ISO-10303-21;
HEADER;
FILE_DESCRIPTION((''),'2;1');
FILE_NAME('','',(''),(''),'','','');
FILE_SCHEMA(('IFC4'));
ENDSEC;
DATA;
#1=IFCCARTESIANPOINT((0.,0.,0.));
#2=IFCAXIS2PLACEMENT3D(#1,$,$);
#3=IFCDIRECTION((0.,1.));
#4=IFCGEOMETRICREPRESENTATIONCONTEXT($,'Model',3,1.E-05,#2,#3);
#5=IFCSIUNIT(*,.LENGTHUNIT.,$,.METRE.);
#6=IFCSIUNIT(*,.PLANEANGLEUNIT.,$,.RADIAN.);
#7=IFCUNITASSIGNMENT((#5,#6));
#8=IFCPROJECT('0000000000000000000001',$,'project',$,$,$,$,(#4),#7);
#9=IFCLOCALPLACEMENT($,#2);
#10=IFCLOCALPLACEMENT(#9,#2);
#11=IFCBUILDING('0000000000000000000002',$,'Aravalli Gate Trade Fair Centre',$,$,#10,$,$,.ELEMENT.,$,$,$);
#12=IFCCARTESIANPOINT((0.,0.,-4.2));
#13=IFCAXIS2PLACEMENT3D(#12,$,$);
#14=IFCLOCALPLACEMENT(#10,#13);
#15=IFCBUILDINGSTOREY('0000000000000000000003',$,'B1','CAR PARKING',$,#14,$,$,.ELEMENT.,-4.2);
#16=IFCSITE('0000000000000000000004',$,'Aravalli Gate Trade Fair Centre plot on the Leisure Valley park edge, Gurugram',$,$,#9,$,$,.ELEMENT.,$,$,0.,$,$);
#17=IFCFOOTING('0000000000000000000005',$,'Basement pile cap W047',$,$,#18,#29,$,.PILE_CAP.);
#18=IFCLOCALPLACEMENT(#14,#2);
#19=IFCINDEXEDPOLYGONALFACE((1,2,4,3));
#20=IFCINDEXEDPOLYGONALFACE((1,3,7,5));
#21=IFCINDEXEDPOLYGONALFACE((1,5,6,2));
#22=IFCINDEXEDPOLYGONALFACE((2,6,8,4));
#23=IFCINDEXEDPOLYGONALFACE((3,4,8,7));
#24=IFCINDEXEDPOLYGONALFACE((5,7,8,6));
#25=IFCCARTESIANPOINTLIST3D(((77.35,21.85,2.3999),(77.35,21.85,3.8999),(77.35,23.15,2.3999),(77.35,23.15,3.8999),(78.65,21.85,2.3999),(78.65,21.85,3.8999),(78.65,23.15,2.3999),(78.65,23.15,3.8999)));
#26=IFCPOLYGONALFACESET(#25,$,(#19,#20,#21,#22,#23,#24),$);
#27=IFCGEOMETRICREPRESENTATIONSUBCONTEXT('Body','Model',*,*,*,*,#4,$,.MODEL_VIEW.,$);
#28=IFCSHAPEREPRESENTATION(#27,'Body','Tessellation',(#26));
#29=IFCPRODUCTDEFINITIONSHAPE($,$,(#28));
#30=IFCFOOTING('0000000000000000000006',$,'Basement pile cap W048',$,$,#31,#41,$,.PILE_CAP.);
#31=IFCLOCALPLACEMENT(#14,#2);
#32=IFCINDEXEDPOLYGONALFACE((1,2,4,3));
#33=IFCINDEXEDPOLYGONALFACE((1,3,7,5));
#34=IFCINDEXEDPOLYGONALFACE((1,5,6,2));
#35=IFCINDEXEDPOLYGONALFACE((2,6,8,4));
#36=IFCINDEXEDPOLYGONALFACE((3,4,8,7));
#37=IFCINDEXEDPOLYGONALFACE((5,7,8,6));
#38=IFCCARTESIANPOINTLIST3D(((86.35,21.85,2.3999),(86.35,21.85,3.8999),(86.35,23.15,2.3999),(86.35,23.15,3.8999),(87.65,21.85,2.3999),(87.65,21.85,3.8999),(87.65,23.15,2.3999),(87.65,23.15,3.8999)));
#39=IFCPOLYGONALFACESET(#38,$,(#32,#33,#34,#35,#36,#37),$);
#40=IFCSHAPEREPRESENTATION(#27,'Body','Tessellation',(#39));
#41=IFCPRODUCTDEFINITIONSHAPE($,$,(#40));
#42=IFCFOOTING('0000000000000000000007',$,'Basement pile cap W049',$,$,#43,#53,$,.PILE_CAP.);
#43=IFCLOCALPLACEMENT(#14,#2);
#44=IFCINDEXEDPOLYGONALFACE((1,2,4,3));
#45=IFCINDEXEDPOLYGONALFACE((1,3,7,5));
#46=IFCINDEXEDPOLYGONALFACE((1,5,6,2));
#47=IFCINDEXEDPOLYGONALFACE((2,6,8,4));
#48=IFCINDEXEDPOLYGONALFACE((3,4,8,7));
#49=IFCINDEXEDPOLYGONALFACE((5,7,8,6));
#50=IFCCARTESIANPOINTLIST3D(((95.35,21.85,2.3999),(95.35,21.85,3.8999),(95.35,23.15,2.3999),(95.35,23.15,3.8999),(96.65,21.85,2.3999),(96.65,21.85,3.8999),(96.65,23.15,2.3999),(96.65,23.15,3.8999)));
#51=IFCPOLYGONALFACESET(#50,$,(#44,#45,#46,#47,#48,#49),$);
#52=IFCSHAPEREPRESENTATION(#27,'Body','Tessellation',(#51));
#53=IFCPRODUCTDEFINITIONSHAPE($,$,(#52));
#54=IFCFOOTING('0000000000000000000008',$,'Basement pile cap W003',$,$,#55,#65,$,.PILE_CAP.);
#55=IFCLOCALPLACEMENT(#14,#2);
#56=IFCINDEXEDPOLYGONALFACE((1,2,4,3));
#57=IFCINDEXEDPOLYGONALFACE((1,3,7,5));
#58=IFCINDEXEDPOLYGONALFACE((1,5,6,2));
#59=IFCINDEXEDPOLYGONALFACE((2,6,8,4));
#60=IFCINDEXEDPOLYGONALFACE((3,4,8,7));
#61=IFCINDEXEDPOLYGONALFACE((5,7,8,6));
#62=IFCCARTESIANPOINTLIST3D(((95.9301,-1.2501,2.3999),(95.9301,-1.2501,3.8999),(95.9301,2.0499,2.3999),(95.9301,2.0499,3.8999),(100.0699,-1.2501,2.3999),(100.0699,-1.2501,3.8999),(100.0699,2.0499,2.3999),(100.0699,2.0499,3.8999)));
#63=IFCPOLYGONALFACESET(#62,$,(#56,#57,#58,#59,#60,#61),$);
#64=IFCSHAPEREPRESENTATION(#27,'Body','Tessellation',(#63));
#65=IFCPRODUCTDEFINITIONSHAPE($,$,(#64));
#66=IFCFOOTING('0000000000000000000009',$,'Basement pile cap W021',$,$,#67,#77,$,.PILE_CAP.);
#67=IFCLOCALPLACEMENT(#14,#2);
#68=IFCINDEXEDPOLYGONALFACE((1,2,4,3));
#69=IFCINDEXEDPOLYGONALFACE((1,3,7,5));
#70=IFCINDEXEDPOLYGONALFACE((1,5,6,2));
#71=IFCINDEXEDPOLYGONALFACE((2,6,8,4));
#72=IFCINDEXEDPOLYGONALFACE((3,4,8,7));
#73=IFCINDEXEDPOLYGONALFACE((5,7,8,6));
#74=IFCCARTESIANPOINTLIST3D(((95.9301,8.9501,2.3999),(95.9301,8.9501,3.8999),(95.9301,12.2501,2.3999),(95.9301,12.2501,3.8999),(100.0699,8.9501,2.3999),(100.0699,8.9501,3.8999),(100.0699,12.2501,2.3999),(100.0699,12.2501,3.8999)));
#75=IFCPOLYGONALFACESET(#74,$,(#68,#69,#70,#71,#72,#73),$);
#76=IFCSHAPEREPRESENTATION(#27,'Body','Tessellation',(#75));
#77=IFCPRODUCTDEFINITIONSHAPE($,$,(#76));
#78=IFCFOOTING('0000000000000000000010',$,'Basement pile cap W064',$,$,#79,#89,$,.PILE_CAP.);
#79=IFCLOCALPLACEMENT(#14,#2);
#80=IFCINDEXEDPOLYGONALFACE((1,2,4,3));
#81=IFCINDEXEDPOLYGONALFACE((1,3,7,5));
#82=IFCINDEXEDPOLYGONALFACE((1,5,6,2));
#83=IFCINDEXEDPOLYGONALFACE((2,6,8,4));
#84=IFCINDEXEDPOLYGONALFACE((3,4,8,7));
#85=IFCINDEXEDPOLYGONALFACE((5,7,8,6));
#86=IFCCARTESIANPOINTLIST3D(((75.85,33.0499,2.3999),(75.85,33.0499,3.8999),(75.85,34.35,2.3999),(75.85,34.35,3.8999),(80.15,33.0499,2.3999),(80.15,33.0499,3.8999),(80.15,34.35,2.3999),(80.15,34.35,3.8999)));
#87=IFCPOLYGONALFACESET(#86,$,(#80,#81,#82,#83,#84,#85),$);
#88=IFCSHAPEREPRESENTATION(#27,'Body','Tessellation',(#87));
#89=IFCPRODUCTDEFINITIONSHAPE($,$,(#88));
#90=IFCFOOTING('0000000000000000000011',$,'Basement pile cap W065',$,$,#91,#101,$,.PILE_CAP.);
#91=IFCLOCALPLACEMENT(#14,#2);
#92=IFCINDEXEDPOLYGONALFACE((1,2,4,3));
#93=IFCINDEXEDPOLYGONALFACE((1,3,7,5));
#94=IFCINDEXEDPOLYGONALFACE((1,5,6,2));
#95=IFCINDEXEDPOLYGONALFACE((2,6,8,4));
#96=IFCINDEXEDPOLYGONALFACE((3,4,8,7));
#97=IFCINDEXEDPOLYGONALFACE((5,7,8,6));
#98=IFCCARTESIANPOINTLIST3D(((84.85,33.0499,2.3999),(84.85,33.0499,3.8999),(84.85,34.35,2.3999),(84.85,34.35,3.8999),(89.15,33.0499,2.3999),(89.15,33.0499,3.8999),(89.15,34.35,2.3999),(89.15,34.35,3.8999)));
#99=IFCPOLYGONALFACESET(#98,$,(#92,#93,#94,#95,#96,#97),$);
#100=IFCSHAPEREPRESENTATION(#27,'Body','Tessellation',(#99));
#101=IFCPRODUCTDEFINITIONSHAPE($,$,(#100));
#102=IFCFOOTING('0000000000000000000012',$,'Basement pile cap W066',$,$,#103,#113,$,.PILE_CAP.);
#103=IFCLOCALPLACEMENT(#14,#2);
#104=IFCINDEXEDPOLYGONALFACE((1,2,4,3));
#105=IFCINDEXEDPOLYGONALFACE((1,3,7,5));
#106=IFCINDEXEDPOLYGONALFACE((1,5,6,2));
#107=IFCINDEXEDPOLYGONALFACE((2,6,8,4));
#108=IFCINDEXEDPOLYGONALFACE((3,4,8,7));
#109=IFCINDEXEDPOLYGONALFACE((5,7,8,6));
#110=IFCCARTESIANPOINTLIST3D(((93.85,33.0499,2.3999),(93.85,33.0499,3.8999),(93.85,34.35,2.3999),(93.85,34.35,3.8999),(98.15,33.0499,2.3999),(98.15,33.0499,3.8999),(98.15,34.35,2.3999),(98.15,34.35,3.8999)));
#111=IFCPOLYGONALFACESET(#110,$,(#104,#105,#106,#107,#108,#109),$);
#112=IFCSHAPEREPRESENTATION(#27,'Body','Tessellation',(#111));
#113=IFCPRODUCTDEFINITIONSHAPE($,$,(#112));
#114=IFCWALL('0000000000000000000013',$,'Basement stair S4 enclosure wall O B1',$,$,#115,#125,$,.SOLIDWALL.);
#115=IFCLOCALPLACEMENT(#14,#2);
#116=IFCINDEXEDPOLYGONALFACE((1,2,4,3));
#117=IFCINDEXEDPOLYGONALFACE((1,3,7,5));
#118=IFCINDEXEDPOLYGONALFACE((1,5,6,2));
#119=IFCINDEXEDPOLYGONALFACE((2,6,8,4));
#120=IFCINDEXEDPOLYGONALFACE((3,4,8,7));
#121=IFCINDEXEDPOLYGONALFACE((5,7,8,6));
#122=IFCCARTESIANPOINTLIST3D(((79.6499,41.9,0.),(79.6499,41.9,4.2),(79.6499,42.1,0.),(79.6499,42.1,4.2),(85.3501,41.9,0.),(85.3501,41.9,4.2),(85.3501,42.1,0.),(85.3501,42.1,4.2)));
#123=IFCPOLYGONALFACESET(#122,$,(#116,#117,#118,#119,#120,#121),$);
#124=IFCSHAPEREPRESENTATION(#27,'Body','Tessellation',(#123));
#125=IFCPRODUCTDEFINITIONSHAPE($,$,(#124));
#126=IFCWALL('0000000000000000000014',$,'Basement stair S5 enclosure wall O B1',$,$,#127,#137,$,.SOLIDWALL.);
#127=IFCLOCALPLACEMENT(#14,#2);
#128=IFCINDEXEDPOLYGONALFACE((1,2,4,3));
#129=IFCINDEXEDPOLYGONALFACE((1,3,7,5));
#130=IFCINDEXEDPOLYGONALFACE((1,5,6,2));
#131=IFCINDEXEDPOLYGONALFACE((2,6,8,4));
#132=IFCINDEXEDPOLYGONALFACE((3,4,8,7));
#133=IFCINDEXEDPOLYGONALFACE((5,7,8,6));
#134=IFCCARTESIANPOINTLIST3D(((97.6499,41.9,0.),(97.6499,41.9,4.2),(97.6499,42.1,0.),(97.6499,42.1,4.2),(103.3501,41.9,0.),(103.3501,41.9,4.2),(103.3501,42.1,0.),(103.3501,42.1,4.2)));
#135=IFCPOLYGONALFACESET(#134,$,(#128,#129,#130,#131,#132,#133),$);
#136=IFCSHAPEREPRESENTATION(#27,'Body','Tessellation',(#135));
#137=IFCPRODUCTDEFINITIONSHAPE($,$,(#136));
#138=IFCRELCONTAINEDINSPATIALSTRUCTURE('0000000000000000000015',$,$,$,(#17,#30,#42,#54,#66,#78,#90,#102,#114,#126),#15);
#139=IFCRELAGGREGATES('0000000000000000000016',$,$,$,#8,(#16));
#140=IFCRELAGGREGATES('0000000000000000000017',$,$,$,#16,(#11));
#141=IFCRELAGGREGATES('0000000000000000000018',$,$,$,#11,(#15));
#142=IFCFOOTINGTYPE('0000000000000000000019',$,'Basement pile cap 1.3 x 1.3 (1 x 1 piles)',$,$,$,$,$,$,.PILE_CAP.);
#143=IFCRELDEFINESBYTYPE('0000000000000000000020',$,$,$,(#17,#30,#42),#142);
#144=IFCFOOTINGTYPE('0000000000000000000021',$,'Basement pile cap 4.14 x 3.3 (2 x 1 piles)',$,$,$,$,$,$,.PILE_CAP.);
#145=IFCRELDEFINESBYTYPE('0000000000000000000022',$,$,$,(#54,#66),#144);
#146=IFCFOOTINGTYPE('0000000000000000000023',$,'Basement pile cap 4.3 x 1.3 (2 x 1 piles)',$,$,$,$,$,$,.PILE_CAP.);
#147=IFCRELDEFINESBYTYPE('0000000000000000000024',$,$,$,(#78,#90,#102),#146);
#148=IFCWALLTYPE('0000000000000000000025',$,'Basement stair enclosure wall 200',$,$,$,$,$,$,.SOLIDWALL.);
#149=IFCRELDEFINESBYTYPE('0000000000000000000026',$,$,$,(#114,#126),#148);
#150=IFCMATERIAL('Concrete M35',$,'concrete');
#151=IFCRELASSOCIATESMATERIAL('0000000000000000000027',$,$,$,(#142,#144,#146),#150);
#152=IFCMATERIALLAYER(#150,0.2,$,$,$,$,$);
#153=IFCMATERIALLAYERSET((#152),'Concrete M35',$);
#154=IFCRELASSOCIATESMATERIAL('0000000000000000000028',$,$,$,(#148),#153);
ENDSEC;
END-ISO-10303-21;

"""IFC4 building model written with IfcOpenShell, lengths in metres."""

from ifc_helpers import new_model, si_unit, direction, frame, frame_2d, origin, origin_2d, place, context, subcontext, project, spatial, rectangle, extrude, material, layer, layer_set, type_object, element, save


model = new_model("IFC4")

# Units and contexts
model_context = context("Model", 3, precision=1e-05, world=origin(), true_north=direction((0.0, 1.0)))
body_context = subcontext(model_context, "Body", "Model", "MODEL_VIEW")
ifc_project = project(units=[si_unit("LENGTHUNIT", "METRE"), si_unit("PLANEANGLEUNIT", "RADIAN")], contexts=[model_context])

# Site, building, storey
site_placement = place(None, origin())
site = spatial("IfcSite", under=ifc_project, at=site_placement, Name="Aravalli Gate Trade Fair Centre plot on the Leisure Valley park edge, Gurugram", CompositionType="ELEMENT", RefElevation=0.0)
building_placement = place(site_placement, origin())
building = spatial("IfcBuilding", under=site, at=building_placement, Name="Aravalli Gate Trade Fair Centre", CompositionType="ELEMENT")
storey_placement = place(building_placement, frame((0.0, 0.0, -4.2)))
storey = spatial("IfcBuildingStorey", under=building, at=storey_placement, Name="B1", Description="CAR PARKING", CompositionType="ELEMENT", Elevation=-4.2)

# Shared definitions
ifc_material = material(Name="Concrete M35", Category="concrete")

# Footings
footing_type_1 = type_object("IfcFootingType", Name="Basement pile cap 1.3 x 1.3 (1 x 1 piles)", PredefinedType="PILE_CAP", material=ifc_material)
for number, where, z_axis, x_axis, name in (
    (1, (78.0, 22.5, 2.3999), (0.0, 0.0, 1.0), (1.0, 0.0, 0.0), "Basement pile cap W047"),
    (2, (87.0, 22.5, 2.3999), (0.0, 0.0, 1.0), (1.0, 0.0, 0.0), "Basement pile cap W048"),
    (3, (96.0, 22.5, 2.3999), (0.0, 0.0, 1.0), (1.0, 0.0, 0.0), "Basement pile cap W049"),
):
    element("IfcFooting", number, at=place(storey_placement, frame(where, z_axis=z_axis, x_axis=x_axis)), inside=storey, type_object=footing_type_1, Name=name, PredefinedType="PILE_CAP", context=body_context, shape_type="SweptSolid", body=[
        extrude(rectangle(XDim=1.3, YDim=1.3, at=origin_2d()), origin(), (0.0, 0.0, 1.0), 1.5),
    ])
footing_type_2 = type_object("IfcFootingType", Name="Basement pile cap 4.14 x 3.3 (2 x 1 piles)", PredefinedType="PILE_CAP", material=ifc_material)
for number, where, z_axis, x_axis, name in (
    (4, (98.0, 0.3999, 2.3999), (0.0, 0.0, 1.0), (1.0, 0.0, 0.0), "Basement pile cap W003"),
    (5, (98.0, 10.6001, 2.3999), (0.0, 0.0, 1.0), (1.0, 0.0, 0.0), "Basement pile cap W021"),
):
    element("IfcFooting", number, at=place(storey_placement, frame(where, z_axis=z_axis, x_axis=x_axis)), inside=storey, type_object=footing_type_2, Name=name, PredefinedType="PILE_CAP", context=body_context, shape_type="SweptSolid", body=[
        extrude(rectangle(XDim=4.1399, YDim=3.3, at=origin_2d()), origin(), (0.0, 0.0, 1.0), 1.5),
    ])
footing_type_3 = type_object("IfcFootingType", Name="Basement pile cap 4.3 x 1.3 (2 x 1 piles)", PredefinedType="PILE_CAP", material=ifc_material)
for number, where, z_axis, x_axis, name in (
    (6, (78.0, 33.7, 2.3999), (0.0, 0.0, 1.0), (1.0, 0.0, 0.0), "Basement pile cap W064"),
    (7, (87.0, 33.7, 2.3999), (0.0, 0.0, 1.0), (1.0, 0.0, 0.0), "Basement pile cap W065"),
    (8, (96.0, 33.7, 2.3999), (0.0, 0.0, 1.0), (1.0, 0.0, 0.0), "Basement pile cap W066"),
):
    element("IfcFooting", number, at=place(storey_placement, frame(where, z_axis=z_axis, x_axis=x_axis)), inside=storey, type_object=footing_type_3, Name=name, PredefinedType="PILE_CAP", context=body_context, shape_type="SweptSolid", body=[
        extrude(rectangle(XDim=4.3, YDim=1.3, at=origin_2d()), origin(), (0.0, 0.0, 1.0), 1.5),
    ])

# Walls
ifc_layer = layer(ifc_material, 0.2)
ifc_layer_set = layer_set([ifc_layer], Name="Concrete M35")
wall_type = type_object("IfcWallType", Name="Basement stair enclosure wall 200", PredefinedType="SOLIDWALL", material=ifc_layer_set)
for number, where, z_axis, x_axis, name in (
    (9, (79.6499, 42.0, 0.0), (0.0, 0.0, 1.0), (1.0, 0.0, 0.0), "Basement stair S4 enclosure wall O B1"),
    (10, (97.6499, 42.0, 0.0), (0.0, 0.0, 1.0), (1.0, 0.0, 0.0), "Basement stair S5 enclosure wall O B1"),
):
    element("IfcWall", number, at=place(storey_placement, frame(where, z_axis=z_axis, x_axis=x_axis)), inside=storey, type_object=wall_type, Name=name, PredefinedType="SOLIDWALL", context=body_context, shape_type="SweptSolid", body=[
        extrude(rectangle(XDim=5.7002, YDim=0.2, at=frame_2d((2.8501, 0.0))), origin(), (0.0, 0.0, 1.0), 4.2),
    ])

save(model, "model.ifc")
